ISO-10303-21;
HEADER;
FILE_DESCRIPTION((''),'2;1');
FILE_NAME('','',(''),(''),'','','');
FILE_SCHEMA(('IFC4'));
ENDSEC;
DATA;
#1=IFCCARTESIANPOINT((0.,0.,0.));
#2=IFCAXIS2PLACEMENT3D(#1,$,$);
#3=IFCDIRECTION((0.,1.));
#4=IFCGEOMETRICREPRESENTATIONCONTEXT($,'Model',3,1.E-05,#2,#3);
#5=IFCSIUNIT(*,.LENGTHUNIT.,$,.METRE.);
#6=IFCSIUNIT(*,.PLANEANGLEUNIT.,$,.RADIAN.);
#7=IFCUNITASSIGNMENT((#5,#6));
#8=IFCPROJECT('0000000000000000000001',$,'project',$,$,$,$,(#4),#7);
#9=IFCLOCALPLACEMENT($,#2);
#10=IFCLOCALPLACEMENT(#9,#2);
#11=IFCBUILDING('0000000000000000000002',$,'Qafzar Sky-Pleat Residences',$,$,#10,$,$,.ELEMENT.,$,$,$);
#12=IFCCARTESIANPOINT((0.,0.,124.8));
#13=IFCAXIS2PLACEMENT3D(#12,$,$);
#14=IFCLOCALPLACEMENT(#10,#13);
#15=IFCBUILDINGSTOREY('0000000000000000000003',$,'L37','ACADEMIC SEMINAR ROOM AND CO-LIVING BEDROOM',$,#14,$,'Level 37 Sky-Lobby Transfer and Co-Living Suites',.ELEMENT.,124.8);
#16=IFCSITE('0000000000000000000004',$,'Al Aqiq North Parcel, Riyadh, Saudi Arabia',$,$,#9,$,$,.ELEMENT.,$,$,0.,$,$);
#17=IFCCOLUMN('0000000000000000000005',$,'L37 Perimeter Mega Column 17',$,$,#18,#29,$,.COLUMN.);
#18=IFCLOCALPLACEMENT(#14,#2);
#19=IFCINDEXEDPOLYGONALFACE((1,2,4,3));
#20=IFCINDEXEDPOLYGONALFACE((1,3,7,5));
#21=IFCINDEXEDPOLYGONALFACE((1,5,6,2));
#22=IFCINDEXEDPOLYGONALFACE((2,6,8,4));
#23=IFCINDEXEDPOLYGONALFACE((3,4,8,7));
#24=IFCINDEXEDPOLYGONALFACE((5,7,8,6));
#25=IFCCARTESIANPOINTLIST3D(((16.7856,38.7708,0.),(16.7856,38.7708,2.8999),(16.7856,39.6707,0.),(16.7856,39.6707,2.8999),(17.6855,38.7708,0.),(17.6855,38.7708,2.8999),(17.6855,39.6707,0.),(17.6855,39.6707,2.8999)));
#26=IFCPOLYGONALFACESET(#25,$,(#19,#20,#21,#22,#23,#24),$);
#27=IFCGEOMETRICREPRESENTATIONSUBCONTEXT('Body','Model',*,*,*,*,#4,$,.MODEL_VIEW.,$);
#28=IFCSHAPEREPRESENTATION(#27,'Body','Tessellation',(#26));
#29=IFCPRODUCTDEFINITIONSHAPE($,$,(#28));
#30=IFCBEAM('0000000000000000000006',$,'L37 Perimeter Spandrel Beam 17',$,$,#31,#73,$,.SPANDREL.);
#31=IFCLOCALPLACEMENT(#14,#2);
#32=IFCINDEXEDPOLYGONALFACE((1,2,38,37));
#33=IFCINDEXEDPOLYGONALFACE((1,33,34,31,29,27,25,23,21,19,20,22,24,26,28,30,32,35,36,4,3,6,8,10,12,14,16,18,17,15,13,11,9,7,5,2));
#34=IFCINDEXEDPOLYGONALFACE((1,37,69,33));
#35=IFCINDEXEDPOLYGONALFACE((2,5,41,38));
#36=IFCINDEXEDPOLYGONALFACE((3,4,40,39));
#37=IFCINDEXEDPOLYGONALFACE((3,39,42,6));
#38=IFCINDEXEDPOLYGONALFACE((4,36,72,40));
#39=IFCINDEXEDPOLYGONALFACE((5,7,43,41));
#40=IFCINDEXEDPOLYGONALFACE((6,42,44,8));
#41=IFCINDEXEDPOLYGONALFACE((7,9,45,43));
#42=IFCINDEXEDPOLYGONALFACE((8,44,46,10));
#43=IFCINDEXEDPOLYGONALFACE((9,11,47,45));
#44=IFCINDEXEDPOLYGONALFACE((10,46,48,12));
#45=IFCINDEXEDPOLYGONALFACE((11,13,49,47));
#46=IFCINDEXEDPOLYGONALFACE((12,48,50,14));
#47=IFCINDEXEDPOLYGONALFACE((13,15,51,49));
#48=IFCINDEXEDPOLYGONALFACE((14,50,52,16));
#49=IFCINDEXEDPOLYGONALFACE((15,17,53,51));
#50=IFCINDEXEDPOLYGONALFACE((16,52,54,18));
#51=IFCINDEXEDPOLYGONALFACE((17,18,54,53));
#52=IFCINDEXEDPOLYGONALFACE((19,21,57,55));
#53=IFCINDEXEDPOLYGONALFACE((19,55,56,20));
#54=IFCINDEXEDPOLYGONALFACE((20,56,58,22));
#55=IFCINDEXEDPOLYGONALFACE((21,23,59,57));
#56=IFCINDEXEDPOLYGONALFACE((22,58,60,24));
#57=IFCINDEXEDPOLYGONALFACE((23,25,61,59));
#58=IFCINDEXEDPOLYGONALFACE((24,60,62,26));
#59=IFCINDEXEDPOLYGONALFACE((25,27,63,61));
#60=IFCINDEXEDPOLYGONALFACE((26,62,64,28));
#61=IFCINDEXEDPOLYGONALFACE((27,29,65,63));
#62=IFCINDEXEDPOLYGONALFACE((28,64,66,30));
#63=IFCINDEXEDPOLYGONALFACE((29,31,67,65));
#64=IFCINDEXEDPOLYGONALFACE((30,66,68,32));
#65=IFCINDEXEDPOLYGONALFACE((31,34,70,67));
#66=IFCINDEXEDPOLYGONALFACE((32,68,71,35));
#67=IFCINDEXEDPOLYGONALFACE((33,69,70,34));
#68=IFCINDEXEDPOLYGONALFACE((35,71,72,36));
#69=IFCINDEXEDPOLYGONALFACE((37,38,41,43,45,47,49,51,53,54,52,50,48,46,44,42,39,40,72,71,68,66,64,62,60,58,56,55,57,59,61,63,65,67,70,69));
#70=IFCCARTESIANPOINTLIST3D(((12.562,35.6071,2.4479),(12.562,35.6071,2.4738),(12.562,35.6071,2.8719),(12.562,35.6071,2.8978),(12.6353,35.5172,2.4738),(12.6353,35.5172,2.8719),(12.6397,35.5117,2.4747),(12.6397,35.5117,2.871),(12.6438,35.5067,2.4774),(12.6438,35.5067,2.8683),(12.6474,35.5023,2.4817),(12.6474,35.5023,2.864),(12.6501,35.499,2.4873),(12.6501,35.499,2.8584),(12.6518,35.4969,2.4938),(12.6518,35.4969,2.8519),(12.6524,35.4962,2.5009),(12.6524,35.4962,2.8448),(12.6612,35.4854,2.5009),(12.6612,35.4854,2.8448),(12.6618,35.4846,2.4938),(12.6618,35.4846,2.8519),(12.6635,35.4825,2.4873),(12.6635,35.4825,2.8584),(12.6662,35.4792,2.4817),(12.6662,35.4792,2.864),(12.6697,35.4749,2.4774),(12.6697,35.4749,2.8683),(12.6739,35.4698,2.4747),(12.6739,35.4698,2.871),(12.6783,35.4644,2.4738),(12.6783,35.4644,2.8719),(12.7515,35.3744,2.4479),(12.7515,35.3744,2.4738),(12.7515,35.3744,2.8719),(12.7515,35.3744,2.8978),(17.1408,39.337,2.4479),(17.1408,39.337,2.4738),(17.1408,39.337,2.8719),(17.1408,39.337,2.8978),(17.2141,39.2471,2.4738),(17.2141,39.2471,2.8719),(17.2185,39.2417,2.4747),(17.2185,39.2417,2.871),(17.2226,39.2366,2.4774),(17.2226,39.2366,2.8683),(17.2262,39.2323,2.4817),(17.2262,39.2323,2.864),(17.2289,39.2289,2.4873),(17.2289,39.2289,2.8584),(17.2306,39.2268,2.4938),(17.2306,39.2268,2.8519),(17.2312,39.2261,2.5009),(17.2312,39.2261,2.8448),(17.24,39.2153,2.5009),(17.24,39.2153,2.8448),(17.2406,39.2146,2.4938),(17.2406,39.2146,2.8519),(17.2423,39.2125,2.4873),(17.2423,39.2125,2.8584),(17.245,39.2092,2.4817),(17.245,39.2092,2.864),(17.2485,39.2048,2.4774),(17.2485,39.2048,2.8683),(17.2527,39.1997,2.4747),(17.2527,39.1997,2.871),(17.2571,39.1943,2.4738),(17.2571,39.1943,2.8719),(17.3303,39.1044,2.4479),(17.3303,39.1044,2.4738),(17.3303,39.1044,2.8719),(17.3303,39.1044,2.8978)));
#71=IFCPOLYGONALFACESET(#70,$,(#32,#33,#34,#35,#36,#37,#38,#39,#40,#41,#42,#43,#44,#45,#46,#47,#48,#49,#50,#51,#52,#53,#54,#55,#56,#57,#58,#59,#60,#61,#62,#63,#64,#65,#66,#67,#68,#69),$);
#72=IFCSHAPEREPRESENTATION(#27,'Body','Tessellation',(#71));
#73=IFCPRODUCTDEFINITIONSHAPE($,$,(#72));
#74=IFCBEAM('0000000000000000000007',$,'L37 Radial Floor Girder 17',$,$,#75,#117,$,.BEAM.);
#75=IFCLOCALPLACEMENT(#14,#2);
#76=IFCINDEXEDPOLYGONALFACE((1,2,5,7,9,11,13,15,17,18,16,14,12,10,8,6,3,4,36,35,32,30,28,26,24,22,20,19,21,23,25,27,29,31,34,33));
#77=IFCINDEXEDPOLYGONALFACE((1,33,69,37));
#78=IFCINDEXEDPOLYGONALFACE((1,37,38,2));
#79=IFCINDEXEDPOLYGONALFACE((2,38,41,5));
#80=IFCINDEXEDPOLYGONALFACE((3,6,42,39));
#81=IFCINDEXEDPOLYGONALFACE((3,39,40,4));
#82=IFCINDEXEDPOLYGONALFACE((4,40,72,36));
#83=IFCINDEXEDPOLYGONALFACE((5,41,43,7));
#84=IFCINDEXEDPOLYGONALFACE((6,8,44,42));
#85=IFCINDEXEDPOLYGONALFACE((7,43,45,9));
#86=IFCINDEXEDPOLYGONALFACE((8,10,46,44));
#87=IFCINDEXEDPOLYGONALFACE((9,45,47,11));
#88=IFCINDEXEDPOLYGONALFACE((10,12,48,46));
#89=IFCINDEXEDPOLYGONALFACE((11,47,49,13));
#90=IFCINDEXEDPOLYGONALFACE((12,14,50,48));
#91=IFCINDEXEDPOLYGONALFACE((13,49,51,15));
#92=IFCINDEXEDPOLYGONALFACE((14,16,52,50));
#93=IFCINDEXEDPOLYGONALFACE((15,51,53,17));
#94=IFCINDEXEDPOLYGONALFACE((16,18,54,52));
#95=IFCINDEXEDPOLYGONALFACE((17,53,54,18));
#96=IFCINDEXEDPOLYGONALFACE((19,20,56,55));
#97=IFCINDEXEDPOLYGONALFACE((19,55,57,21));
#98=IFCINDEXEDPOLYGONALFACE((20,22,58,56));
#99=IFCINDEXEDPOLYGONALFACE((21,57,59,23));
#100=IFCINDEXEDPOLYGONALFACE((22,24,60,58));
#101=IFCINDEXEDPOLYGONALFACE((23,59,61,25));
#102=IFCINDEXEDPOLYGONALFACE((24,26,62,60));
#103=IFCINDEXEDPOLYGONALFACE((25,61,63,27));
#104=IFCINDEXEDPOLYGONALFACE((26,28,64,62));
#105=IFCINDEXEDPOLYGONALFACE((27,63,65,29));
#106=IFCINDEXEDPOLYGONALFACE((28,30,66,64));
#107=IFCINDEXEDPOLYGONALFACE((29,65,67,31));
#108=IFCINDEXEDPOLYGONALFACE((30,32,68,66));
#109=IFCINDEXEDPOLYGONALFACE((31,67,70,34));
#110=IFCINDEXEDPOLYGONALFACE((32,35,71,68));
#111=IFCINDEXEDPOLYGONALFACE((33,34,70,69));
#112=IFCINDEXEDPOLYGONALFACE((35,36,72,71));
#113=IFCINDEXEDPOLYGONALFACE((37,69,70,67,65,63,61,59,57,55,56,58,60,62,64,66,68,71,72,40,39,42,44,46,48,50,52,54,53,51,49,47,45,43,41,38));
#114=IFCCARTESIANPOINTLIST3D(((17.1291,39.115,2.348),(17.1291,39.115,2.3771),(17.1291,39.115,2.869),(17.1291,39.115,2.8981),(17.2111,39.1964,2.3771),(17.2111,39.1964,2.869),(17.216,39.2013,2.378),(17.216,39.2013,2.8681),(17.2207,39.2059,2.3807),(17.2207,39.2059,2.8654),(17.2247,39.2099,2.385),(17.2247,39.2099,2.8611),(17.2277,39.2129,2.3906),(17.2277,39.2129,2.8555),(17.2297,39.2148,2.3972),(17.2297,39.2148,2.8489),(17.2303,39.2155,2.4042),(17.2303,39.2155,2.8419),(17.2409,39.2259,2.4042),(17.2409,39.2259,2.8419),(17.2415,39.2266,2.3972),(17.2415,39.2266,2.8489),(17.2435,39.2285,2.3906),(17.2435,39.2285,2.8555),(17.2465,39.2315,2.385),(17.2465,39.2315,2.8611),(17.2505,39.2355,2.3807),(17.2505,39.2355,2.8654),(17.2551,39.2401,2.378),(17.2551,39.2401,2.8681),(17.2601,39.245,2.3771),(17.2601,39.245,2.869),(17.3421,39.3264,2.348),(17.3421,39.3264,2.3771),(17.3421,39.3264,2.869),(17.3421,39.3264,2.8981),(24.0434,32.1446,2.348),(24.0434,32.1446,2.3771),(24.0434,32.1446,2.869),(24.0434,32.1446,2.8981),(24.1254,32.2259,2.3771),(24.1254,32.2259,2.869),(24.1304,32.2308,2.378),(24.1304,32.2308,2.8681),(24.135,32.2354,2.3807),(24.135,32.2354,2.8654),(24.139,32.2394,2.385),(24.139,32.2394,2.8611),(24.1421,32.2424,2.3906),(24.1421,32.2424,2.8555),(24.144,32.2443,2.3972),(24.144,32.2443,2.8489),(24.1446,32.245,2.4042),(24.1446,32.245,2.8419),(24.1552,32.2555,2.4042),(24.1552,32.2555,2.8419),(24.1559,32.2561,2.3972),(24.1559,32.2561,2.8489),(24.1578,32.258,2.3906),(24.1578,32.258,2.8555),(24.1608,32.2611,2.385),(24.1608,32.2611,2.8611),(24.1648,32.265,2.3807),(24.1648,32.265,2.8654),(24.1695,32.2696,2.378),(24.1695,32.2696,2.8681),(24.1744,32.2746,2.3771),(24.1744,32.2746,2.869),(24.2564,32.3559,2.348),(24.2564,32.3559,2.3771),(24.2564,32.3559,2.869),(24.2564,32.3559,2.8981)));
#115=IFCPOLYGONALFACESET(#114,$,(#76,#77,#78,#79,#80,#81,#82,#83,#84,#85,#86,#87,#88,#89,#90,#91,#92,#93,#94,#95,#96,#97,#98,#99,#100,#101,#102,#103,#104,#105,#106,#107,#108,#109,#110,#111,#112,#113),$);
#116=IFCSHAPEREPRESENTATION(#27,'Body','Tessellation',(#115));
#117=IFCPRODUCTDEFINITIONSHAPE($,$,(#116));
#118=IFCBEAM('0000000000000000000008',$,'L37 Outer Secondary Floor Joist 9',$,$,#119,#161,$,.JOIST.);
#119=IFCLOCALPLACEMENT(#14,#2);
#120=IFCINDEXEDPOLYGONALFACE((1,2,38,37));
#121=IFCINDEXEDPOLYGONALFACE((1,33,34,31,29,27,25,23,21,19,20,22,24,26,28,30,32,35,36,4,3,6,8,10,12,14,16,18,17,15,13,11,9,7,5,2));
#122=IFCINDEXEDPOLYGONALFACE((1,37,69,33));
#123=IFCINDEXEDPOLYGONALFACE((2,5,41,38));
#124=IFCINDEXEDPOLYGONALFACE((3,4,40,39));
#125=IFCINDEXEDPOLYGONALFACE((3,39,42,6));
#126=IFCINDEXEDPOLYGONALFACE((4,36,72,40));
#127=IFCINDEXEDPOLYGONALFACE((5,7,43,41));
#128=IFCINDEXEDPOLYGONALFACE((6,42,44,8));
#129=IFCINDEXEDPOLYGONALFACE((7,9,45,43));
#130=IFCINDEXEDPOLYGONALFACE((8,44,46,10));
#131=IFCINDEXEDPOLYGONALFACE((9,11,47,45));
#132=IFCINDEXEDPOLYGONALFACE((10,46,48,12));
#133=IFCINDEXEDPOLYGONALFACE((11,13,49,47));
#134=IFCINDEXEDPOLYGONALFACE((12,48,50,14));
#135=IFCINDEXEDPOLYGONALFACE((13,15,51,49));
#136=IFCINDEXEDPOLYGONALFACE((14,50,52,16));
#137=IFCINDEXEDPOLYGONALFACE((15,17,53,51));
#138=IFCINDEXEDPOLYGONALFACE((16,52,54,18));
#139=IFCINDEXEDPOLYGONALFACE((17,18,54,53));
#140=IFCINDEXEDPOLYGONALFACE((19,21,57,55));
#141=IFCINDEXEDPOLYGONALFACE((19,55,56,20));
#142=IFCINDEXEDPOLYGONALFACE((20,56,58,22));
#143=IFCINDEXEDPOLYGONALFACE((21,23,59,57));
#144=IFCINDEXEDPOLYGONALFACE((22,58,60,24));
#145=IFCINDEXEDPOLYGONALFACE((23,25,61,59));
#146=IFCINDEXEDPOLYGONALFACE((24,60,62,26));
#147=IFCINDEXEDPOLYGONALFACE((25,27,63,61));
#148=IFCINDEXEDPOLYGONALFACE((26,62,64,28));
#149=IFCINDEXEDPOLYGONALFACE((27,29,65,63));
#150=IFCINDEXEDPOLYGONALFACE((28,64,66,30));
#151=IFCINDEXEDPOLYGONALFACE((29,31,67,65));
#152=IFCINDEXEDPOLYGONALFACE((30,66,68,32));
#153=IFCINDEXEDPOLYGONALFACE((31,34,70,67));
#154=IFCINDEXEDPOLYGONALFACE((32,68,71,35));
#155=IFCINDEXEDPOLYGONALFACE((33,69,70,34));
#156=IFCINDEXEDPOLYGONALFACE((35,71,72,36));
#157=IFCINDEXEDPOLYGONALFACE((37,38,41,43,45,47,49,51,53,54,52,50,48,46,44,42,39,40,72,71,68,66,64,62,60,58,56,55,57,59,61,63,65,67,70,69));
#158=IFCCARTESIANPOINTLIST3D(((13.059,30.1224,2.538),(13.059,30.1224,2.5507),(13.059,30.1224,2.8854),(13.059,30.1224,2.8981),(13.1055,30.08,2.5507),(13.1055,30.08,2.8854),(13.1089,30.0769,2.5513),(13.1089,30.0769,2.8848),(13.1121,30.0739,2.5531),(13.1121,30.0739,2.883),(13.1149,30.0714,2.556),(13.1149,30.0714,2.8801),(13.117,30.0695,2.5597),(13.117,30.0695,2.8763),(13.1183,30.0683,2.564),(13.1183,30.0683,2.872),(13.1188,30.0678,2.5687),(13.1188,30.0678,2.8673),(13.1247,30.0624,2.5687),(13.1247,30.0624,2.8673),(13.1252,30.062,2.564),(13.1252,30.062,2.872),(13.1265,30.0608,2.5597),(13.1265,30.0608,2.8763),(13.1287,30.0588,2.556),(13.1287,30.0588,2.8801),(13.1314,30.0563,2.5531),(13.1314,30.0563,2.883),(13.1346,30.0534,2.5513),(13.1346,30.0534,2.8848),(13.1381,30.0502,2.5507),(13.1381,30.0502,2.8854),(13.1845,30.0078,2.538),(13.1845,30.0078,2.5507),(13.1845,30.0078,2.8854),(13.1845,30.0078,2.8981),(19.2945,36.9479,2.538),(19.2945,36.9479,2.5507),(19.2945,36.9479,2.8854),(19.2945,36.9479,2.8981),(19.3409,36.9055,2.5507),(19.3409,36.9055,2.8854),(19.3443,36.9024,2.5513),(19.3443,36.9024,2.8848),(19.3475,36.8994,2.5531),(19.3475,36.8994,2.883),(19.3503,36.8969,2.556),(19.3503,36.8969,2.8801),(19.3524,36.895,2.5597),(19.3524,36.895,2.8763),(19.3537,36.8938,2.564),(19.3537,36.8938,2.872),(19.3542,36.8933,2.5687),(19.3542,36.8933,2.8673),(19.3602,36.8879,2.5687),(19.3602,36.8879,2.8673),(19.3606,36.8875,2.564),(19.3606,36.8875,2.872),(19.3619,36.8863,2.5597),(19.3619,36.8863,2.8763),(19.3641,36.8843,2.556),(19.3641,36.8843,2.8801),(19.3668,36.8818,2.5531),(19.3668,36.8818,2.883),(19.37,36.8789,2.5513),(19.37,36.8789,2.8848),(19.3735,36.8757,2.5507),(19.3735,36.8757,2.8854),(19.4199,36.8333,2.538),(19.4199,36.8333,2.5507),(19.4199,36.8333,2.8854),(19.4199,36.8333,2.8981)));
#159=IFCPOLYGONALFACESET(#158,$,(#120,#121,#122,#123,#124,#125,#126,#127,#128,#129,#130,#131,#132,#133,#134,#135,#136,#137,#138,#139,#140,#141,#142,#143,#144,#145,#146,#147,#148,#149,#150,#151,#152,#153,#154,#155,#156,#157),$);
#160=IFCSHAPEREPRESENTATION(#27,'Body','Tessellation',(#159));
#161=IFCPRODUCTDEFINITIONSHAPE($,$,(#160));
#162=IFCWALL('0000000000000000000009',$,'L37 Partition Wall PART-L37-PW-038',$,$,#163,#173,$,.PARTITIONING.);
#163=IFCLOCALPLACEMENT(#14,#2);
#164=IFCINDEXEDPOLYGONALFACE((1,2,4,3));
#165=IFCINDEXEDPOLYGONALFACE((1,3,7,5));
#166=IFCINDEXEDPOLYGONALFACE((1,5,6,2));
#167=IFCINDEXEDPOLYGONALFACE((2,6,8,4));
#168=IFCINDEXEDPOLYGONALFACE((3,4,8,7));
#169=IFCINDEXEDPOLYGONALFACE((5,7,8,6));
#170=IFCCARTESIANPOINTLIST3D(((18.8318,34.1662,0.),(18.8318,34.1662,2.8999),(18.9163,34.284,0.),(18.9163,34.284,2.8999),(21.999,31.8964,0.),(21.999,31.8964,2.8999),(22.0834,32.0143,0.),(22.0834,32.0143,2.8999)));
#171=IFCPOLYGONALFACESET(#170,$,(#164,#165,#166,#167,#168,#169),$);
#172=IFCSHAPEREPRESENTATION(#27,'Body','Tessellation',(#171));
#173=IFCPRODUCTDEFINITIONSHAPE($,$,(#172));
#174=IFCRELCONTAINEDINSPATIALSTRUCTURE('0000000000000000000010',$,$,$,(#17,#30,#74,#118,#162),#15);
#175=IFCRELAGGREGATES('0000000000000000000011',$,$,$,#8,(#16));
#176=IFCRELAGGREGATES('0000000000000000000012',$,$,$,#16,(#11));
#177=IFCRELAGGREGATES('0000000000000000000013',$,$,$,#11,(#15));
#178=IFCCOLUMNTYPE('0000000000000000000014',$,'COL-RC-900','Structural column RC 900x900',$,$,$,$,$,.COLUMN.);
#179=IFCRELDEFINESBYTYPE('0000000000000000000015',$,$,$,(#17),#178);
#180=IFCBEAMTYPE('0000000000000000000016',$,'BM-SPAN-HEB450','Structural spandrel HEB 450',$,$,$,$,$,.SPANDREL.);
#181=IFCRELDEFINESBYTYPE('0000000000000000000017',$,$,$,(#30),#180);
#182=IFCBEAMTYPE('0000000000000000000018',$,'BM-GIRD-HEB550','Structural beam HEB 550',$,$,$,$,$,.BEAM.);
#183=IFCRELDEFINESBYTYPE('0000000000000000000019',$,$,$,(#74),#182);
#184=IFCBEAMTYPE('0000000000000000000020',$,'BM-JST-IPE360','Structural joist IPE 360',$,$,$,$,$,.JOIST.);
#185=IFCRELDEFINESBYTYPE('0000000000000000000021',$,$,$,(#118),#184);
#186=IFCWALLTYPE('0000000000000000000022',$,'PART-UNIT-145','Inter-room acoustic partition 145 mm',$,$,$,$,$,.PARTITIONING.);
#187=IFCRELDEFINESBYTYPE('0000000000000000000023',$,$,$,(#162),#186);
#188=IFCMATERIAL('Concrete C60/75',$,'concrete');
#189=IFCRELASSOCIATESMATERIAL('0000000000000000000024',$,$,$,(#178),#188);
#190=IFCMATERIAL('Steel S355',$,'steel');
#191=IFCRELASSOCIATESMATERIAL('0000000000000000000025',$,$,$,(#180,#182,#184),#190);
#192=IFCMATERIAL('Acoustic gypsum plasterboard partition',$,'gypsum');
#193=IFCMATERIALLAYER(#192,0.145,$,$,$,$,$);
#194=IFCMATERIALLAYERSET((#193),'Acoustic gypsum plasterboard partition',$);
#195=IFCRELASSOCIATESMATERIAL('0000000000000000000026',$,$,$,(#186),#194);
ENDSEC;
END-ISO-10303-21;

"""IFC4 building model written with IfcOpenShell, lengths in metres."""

from ifc_helpers import new_model, si_unit, direction, frame, frame_2d, origin, origin_2d, place, context, subcontext, project, spatial, rectangle, i_section, extrude, source, transform, mapped, material, layer, layer_set, material_profile, profile_set, type_object, element, save


model = new_model("IFC4")

# Units and contexts
model_context = context("Model", 3, precision=1e-05, world=origin(), true_north=direction((0.0, 1.0)))
body_context = subcontext(model_context, "Body", "Model", "MODEL_VIEW")
ifc_project = project(units=[si_unit("LENGTHUNIT", "METRE"), si_unit("PLANEANGLEUNIT", "RADIAN")], contexts=[model_context])

# Site, building, storey
site_placement = place(None, origin())
site = spatial("IfcSite", under=ifc_project, at=site_placement, Name="Al Aqiq North Parcel, Riyadh, Saudi Arabia", CompositionType="ELEMENT", RefElevation=0.0)
building_placement = place(site_placement, origin())
building = spatial("IfcBuilding", under=site, at=building_placement, Name="Qafzar Sky-Pleat Residences", CompositionType="ELEMENT")
storey_placement = place(building_placement, frame((0.0, 0.0, 124.8)))
storey = spatial("IfcBuildingStorey", under=building, at=storey_placement, Name="L37", Description="ACADEMIC SEMINAR ROOM AND CO-LIVING BEDROOM", LongName="Level 37 Sky-Lobby Transfer and Co-Living Suites", CompositionType="ELEMENT", Elevation=124.8)

# Column
ifc_material_1 = material(Name="Concrete C60/75", Category="concrete")
ifc_material_profile_1 = material_profile(ifc_material_1, rectangle(XDim=0.8999, YDim=0.8999, at=origin_2d()), Name="RC 900x900")
ifc_profile_set_1 = profile_set([ifc_material_profile_1], Name="Concrete C60/75")
column_type = type_object("IfcColumnType", Name="COL-RC-900", Description="Structural column RC 900x900", PredefinedType="COLUMN", material=ifc_profile_set_1)
shared_shape_1 = source(origin(), body_context, "Body", "SweptSolid", [
    extrude(rectangle(XDim=0.8999, YDim=0.8999, at=origin_2d()), origin(), (0.0, 0.0, 1.0), 2.8999),
])
column_placement = place(storey_placement, frame((17.2356, 39.2207, 0.0), z_axis=(0.0, 0.0, 1.0), x_axis=(1.0, 0.0, 0.0)))
element("IfcColumn", 1, at=column_placement, inside=storey, type_object=column_type, Name="L37 Perimeter Mega Column 17", PredefinedType="COLUMN", context=body_context, shape_type="MappedRepresentation", body=[
    mapped(shared_shape_1, transform((0.0, 0.0, 0.0), x_axis=(1.0, 0.0, 0.0), y_axis=(0.0, 1.0, 0.0), z_axis=(0.0, 0.0, 1.0), scale=1.0)),
])

# Beams
ifc_material_2 = material(Name="Steel S355", Category="steel")
ifc_material_profile_2 = material_profile(ifc_material_2, i_section(OverallWidth=0.3, OverallDepth=0.45, WebThickness=0.0139, FlangeThickness=0.0259, FilletRadius=0.0271, at=origin_2d()), Name="HEB 450")
ifc_profile_set_2 = profile_set([ifc_material_profile_2], Name="Steel S355")
beam_type_1 = type_object("IfcBeamType", Name="BM-SPAN-HEB450", Description="Structural spandrel HEB 450", PredefinedType="SPANDREL", material=ifc_profile_set_2)
shared_shape_2 = source(origin(), body_context, "Body", "SweptSolid", [
    extrude(i_section(OverallWidth=0.3, OverallDepth=0.45, WebThickness=0.0139, FlangeThickness=0.0259, FilletRadius=0.0271, at=origin_2d()), origin(), (0.0, 0.0, 1.0), 5.9058),
])
beam_1_placement = place(storey_placement, frame((17.2356, 39.2207, 2.6729), z_axis=(-0.775313, -0.631577, 0.0), x_axis=(0.631577, -0.775313, 0.0)))
element("IfcBeam", 2, at=beam_1_placement, inside=storey, type_object=beam_type_1, Name="L37 Perimeter Spandrel Beam 17", PredefinedType="SPANDREL", context=body_context, shape_type="MappedRepresentation", body=[
    mapped(shared_shape_2, transform((0.0, 0.0, 0.0), x_axis=(1.0, 0.0, 0.0), y_axis=(0.0, 1.0, 0.0), z_axis=(0.0, 0.0, 1.0), scale=1.0)),
])
ifc_material_profile_3 = material_profile(ifc_material_2, i_section(OverallWidth=0.3, OverallDepth=0.55, WebThickness=0.0149, FlangeThickness=0.0291, FilletRadius=0.0271, at=origin_2d()), Name="HEB 550")
ifc_profile_set_3 = profile_set([ifc_material_profile_3], Name="Steel S355")
beam_type_2 = type_object("IfcBeamType", Name="BM-GIRD-HEB550", Description="Structural beam HEB 550", PredefinedType="BEAM", material=ifc_profile_set_3)
shared_shape_3 = source(origin(), body_context, "Body", "SweptSolid", [
    extrude(i_section(OverallWidth=0.3, OverallDepth=0.55, WebThickness=0.0149, FlangeThickness=0.0291, FilletRadius=0.0271, at=origin_2d()), origin(), (0.0, 0.0, 1.0), 9.8181),
])
beam_2_placement = place(storey_placement, frame((17.2356, 39.2207, 2.623), z_axis=(0.704241, -0.709961, 0.0), x_axis=(0.709961, 0.704241, 0.0)))
element("IfcBeam", 3, at=beam_2_placement, inside=storey, type_object=beam_type_2, Name="L37 Radial Floor Girder 17", PredefinedType="BEAM", context=body_context, shape_type="MappedRepresentation", body=[
    mapped(shared_shape_3, transform((0.0, 0.0, 0.0), x_axis=(1.0, 0.0, 0.0), y_axis=(0.0, 1.0, 0.0), z_axis=(0.0, 0.0, 1.0), scale=1.0)),
])
ifc_material_profile_4 = material_profile(ifc_material_2, i_section(OverallWidth=0.1699, OverallDepth=0.3601, WebThickness=0.0081, FlangeThickness=0.0127, FilletRadius=0.0181, at=origin_2d()), Name="IPE 360")
ifc_profile_set_4 = profile_set([ifc_material_profile_4], Name="Steel S355")
beam_type_3 = type_object("IfcBeamType", Name="BM-JST-IPE360", Description="Structural joist IPE 360", PredefinedType="JOIST", material=ifc_profile_set_4)
shared_shape_4 = source(origin(), body_context, "Body", "SweptSolid", [
    extrude(i_section(OverallWidth=0.1699, OverallDepth=0.3601, WebThickness=0.0081, FlangeThickness=0.0127, FilletRadius=0.0181, at=origin_2d()), origin(), (0.0, 0.0, 1.0), 9.2449),
])
beam_3_placement = place(storey_placement, frame((19.3572, 36.8906, 2.718), z_axis=(-0.674472, -0.738301, 0.0), x_axis=(0.738301, -0.674472, 0.0)))
element("IfcBeam", 4, at=beam_3_placement, inside=storey, type_object=beam_type_3, Name="L37 Outer Secondary Floor Joist 9", PredefinedType="JOIST", context=body_context, shape_type="MappedRepresentation", body=[
    mapped(shared_shape_4, transform((0.0, 0.0, 0.0), x_axis=(1.0, 0.0, 0.0), y_axis=(0.0, 1.0, 0.0), z_axis=(0.0, 0.0, 1.0), scale=1.0)),
])

# Wall
ifc_material_3 = material(Name="Acoustic gypsum plasterboard partition", Category="gypsum")
ifc_layer_1 = layer(ifc_material_3, 0.145)
ifc_layer_set_1 = layer_set([ifc_layer_1], Name="Acoustic gypsum plasterboard partition")
wall_type_1 = type_object("IfcWallType", Name="PART-UNIT-145", Description="Inter-room acoustic partition 145 mm", PredefinedType="PARTITIONING", material=ifc_layer_set_1)
wall_1_placement = place(storey_placement, frame((18.874, 34.2251, 0.0), z_axis=(0.0, 0.0, 1.0), x_axis=(0.812827, -0.582506, 0.0)))
element("IfcWall", 5, at=wall_1_placement, inside=storey, type_object=wall_type_1, Name="L37 Partition Wall PART-L37-PW-038", PredefinedType="PARTITIONING", context=body_context, shape_type="SweptSolid", body=[
    extrude(rectangle(XDim=3.8965, YDim=0.145, at=frame_2d((1.9482, 0.0))), origin(), (0.0, 0.0, 1.0), 2.8999),
])

save(model, "model.ifc")
